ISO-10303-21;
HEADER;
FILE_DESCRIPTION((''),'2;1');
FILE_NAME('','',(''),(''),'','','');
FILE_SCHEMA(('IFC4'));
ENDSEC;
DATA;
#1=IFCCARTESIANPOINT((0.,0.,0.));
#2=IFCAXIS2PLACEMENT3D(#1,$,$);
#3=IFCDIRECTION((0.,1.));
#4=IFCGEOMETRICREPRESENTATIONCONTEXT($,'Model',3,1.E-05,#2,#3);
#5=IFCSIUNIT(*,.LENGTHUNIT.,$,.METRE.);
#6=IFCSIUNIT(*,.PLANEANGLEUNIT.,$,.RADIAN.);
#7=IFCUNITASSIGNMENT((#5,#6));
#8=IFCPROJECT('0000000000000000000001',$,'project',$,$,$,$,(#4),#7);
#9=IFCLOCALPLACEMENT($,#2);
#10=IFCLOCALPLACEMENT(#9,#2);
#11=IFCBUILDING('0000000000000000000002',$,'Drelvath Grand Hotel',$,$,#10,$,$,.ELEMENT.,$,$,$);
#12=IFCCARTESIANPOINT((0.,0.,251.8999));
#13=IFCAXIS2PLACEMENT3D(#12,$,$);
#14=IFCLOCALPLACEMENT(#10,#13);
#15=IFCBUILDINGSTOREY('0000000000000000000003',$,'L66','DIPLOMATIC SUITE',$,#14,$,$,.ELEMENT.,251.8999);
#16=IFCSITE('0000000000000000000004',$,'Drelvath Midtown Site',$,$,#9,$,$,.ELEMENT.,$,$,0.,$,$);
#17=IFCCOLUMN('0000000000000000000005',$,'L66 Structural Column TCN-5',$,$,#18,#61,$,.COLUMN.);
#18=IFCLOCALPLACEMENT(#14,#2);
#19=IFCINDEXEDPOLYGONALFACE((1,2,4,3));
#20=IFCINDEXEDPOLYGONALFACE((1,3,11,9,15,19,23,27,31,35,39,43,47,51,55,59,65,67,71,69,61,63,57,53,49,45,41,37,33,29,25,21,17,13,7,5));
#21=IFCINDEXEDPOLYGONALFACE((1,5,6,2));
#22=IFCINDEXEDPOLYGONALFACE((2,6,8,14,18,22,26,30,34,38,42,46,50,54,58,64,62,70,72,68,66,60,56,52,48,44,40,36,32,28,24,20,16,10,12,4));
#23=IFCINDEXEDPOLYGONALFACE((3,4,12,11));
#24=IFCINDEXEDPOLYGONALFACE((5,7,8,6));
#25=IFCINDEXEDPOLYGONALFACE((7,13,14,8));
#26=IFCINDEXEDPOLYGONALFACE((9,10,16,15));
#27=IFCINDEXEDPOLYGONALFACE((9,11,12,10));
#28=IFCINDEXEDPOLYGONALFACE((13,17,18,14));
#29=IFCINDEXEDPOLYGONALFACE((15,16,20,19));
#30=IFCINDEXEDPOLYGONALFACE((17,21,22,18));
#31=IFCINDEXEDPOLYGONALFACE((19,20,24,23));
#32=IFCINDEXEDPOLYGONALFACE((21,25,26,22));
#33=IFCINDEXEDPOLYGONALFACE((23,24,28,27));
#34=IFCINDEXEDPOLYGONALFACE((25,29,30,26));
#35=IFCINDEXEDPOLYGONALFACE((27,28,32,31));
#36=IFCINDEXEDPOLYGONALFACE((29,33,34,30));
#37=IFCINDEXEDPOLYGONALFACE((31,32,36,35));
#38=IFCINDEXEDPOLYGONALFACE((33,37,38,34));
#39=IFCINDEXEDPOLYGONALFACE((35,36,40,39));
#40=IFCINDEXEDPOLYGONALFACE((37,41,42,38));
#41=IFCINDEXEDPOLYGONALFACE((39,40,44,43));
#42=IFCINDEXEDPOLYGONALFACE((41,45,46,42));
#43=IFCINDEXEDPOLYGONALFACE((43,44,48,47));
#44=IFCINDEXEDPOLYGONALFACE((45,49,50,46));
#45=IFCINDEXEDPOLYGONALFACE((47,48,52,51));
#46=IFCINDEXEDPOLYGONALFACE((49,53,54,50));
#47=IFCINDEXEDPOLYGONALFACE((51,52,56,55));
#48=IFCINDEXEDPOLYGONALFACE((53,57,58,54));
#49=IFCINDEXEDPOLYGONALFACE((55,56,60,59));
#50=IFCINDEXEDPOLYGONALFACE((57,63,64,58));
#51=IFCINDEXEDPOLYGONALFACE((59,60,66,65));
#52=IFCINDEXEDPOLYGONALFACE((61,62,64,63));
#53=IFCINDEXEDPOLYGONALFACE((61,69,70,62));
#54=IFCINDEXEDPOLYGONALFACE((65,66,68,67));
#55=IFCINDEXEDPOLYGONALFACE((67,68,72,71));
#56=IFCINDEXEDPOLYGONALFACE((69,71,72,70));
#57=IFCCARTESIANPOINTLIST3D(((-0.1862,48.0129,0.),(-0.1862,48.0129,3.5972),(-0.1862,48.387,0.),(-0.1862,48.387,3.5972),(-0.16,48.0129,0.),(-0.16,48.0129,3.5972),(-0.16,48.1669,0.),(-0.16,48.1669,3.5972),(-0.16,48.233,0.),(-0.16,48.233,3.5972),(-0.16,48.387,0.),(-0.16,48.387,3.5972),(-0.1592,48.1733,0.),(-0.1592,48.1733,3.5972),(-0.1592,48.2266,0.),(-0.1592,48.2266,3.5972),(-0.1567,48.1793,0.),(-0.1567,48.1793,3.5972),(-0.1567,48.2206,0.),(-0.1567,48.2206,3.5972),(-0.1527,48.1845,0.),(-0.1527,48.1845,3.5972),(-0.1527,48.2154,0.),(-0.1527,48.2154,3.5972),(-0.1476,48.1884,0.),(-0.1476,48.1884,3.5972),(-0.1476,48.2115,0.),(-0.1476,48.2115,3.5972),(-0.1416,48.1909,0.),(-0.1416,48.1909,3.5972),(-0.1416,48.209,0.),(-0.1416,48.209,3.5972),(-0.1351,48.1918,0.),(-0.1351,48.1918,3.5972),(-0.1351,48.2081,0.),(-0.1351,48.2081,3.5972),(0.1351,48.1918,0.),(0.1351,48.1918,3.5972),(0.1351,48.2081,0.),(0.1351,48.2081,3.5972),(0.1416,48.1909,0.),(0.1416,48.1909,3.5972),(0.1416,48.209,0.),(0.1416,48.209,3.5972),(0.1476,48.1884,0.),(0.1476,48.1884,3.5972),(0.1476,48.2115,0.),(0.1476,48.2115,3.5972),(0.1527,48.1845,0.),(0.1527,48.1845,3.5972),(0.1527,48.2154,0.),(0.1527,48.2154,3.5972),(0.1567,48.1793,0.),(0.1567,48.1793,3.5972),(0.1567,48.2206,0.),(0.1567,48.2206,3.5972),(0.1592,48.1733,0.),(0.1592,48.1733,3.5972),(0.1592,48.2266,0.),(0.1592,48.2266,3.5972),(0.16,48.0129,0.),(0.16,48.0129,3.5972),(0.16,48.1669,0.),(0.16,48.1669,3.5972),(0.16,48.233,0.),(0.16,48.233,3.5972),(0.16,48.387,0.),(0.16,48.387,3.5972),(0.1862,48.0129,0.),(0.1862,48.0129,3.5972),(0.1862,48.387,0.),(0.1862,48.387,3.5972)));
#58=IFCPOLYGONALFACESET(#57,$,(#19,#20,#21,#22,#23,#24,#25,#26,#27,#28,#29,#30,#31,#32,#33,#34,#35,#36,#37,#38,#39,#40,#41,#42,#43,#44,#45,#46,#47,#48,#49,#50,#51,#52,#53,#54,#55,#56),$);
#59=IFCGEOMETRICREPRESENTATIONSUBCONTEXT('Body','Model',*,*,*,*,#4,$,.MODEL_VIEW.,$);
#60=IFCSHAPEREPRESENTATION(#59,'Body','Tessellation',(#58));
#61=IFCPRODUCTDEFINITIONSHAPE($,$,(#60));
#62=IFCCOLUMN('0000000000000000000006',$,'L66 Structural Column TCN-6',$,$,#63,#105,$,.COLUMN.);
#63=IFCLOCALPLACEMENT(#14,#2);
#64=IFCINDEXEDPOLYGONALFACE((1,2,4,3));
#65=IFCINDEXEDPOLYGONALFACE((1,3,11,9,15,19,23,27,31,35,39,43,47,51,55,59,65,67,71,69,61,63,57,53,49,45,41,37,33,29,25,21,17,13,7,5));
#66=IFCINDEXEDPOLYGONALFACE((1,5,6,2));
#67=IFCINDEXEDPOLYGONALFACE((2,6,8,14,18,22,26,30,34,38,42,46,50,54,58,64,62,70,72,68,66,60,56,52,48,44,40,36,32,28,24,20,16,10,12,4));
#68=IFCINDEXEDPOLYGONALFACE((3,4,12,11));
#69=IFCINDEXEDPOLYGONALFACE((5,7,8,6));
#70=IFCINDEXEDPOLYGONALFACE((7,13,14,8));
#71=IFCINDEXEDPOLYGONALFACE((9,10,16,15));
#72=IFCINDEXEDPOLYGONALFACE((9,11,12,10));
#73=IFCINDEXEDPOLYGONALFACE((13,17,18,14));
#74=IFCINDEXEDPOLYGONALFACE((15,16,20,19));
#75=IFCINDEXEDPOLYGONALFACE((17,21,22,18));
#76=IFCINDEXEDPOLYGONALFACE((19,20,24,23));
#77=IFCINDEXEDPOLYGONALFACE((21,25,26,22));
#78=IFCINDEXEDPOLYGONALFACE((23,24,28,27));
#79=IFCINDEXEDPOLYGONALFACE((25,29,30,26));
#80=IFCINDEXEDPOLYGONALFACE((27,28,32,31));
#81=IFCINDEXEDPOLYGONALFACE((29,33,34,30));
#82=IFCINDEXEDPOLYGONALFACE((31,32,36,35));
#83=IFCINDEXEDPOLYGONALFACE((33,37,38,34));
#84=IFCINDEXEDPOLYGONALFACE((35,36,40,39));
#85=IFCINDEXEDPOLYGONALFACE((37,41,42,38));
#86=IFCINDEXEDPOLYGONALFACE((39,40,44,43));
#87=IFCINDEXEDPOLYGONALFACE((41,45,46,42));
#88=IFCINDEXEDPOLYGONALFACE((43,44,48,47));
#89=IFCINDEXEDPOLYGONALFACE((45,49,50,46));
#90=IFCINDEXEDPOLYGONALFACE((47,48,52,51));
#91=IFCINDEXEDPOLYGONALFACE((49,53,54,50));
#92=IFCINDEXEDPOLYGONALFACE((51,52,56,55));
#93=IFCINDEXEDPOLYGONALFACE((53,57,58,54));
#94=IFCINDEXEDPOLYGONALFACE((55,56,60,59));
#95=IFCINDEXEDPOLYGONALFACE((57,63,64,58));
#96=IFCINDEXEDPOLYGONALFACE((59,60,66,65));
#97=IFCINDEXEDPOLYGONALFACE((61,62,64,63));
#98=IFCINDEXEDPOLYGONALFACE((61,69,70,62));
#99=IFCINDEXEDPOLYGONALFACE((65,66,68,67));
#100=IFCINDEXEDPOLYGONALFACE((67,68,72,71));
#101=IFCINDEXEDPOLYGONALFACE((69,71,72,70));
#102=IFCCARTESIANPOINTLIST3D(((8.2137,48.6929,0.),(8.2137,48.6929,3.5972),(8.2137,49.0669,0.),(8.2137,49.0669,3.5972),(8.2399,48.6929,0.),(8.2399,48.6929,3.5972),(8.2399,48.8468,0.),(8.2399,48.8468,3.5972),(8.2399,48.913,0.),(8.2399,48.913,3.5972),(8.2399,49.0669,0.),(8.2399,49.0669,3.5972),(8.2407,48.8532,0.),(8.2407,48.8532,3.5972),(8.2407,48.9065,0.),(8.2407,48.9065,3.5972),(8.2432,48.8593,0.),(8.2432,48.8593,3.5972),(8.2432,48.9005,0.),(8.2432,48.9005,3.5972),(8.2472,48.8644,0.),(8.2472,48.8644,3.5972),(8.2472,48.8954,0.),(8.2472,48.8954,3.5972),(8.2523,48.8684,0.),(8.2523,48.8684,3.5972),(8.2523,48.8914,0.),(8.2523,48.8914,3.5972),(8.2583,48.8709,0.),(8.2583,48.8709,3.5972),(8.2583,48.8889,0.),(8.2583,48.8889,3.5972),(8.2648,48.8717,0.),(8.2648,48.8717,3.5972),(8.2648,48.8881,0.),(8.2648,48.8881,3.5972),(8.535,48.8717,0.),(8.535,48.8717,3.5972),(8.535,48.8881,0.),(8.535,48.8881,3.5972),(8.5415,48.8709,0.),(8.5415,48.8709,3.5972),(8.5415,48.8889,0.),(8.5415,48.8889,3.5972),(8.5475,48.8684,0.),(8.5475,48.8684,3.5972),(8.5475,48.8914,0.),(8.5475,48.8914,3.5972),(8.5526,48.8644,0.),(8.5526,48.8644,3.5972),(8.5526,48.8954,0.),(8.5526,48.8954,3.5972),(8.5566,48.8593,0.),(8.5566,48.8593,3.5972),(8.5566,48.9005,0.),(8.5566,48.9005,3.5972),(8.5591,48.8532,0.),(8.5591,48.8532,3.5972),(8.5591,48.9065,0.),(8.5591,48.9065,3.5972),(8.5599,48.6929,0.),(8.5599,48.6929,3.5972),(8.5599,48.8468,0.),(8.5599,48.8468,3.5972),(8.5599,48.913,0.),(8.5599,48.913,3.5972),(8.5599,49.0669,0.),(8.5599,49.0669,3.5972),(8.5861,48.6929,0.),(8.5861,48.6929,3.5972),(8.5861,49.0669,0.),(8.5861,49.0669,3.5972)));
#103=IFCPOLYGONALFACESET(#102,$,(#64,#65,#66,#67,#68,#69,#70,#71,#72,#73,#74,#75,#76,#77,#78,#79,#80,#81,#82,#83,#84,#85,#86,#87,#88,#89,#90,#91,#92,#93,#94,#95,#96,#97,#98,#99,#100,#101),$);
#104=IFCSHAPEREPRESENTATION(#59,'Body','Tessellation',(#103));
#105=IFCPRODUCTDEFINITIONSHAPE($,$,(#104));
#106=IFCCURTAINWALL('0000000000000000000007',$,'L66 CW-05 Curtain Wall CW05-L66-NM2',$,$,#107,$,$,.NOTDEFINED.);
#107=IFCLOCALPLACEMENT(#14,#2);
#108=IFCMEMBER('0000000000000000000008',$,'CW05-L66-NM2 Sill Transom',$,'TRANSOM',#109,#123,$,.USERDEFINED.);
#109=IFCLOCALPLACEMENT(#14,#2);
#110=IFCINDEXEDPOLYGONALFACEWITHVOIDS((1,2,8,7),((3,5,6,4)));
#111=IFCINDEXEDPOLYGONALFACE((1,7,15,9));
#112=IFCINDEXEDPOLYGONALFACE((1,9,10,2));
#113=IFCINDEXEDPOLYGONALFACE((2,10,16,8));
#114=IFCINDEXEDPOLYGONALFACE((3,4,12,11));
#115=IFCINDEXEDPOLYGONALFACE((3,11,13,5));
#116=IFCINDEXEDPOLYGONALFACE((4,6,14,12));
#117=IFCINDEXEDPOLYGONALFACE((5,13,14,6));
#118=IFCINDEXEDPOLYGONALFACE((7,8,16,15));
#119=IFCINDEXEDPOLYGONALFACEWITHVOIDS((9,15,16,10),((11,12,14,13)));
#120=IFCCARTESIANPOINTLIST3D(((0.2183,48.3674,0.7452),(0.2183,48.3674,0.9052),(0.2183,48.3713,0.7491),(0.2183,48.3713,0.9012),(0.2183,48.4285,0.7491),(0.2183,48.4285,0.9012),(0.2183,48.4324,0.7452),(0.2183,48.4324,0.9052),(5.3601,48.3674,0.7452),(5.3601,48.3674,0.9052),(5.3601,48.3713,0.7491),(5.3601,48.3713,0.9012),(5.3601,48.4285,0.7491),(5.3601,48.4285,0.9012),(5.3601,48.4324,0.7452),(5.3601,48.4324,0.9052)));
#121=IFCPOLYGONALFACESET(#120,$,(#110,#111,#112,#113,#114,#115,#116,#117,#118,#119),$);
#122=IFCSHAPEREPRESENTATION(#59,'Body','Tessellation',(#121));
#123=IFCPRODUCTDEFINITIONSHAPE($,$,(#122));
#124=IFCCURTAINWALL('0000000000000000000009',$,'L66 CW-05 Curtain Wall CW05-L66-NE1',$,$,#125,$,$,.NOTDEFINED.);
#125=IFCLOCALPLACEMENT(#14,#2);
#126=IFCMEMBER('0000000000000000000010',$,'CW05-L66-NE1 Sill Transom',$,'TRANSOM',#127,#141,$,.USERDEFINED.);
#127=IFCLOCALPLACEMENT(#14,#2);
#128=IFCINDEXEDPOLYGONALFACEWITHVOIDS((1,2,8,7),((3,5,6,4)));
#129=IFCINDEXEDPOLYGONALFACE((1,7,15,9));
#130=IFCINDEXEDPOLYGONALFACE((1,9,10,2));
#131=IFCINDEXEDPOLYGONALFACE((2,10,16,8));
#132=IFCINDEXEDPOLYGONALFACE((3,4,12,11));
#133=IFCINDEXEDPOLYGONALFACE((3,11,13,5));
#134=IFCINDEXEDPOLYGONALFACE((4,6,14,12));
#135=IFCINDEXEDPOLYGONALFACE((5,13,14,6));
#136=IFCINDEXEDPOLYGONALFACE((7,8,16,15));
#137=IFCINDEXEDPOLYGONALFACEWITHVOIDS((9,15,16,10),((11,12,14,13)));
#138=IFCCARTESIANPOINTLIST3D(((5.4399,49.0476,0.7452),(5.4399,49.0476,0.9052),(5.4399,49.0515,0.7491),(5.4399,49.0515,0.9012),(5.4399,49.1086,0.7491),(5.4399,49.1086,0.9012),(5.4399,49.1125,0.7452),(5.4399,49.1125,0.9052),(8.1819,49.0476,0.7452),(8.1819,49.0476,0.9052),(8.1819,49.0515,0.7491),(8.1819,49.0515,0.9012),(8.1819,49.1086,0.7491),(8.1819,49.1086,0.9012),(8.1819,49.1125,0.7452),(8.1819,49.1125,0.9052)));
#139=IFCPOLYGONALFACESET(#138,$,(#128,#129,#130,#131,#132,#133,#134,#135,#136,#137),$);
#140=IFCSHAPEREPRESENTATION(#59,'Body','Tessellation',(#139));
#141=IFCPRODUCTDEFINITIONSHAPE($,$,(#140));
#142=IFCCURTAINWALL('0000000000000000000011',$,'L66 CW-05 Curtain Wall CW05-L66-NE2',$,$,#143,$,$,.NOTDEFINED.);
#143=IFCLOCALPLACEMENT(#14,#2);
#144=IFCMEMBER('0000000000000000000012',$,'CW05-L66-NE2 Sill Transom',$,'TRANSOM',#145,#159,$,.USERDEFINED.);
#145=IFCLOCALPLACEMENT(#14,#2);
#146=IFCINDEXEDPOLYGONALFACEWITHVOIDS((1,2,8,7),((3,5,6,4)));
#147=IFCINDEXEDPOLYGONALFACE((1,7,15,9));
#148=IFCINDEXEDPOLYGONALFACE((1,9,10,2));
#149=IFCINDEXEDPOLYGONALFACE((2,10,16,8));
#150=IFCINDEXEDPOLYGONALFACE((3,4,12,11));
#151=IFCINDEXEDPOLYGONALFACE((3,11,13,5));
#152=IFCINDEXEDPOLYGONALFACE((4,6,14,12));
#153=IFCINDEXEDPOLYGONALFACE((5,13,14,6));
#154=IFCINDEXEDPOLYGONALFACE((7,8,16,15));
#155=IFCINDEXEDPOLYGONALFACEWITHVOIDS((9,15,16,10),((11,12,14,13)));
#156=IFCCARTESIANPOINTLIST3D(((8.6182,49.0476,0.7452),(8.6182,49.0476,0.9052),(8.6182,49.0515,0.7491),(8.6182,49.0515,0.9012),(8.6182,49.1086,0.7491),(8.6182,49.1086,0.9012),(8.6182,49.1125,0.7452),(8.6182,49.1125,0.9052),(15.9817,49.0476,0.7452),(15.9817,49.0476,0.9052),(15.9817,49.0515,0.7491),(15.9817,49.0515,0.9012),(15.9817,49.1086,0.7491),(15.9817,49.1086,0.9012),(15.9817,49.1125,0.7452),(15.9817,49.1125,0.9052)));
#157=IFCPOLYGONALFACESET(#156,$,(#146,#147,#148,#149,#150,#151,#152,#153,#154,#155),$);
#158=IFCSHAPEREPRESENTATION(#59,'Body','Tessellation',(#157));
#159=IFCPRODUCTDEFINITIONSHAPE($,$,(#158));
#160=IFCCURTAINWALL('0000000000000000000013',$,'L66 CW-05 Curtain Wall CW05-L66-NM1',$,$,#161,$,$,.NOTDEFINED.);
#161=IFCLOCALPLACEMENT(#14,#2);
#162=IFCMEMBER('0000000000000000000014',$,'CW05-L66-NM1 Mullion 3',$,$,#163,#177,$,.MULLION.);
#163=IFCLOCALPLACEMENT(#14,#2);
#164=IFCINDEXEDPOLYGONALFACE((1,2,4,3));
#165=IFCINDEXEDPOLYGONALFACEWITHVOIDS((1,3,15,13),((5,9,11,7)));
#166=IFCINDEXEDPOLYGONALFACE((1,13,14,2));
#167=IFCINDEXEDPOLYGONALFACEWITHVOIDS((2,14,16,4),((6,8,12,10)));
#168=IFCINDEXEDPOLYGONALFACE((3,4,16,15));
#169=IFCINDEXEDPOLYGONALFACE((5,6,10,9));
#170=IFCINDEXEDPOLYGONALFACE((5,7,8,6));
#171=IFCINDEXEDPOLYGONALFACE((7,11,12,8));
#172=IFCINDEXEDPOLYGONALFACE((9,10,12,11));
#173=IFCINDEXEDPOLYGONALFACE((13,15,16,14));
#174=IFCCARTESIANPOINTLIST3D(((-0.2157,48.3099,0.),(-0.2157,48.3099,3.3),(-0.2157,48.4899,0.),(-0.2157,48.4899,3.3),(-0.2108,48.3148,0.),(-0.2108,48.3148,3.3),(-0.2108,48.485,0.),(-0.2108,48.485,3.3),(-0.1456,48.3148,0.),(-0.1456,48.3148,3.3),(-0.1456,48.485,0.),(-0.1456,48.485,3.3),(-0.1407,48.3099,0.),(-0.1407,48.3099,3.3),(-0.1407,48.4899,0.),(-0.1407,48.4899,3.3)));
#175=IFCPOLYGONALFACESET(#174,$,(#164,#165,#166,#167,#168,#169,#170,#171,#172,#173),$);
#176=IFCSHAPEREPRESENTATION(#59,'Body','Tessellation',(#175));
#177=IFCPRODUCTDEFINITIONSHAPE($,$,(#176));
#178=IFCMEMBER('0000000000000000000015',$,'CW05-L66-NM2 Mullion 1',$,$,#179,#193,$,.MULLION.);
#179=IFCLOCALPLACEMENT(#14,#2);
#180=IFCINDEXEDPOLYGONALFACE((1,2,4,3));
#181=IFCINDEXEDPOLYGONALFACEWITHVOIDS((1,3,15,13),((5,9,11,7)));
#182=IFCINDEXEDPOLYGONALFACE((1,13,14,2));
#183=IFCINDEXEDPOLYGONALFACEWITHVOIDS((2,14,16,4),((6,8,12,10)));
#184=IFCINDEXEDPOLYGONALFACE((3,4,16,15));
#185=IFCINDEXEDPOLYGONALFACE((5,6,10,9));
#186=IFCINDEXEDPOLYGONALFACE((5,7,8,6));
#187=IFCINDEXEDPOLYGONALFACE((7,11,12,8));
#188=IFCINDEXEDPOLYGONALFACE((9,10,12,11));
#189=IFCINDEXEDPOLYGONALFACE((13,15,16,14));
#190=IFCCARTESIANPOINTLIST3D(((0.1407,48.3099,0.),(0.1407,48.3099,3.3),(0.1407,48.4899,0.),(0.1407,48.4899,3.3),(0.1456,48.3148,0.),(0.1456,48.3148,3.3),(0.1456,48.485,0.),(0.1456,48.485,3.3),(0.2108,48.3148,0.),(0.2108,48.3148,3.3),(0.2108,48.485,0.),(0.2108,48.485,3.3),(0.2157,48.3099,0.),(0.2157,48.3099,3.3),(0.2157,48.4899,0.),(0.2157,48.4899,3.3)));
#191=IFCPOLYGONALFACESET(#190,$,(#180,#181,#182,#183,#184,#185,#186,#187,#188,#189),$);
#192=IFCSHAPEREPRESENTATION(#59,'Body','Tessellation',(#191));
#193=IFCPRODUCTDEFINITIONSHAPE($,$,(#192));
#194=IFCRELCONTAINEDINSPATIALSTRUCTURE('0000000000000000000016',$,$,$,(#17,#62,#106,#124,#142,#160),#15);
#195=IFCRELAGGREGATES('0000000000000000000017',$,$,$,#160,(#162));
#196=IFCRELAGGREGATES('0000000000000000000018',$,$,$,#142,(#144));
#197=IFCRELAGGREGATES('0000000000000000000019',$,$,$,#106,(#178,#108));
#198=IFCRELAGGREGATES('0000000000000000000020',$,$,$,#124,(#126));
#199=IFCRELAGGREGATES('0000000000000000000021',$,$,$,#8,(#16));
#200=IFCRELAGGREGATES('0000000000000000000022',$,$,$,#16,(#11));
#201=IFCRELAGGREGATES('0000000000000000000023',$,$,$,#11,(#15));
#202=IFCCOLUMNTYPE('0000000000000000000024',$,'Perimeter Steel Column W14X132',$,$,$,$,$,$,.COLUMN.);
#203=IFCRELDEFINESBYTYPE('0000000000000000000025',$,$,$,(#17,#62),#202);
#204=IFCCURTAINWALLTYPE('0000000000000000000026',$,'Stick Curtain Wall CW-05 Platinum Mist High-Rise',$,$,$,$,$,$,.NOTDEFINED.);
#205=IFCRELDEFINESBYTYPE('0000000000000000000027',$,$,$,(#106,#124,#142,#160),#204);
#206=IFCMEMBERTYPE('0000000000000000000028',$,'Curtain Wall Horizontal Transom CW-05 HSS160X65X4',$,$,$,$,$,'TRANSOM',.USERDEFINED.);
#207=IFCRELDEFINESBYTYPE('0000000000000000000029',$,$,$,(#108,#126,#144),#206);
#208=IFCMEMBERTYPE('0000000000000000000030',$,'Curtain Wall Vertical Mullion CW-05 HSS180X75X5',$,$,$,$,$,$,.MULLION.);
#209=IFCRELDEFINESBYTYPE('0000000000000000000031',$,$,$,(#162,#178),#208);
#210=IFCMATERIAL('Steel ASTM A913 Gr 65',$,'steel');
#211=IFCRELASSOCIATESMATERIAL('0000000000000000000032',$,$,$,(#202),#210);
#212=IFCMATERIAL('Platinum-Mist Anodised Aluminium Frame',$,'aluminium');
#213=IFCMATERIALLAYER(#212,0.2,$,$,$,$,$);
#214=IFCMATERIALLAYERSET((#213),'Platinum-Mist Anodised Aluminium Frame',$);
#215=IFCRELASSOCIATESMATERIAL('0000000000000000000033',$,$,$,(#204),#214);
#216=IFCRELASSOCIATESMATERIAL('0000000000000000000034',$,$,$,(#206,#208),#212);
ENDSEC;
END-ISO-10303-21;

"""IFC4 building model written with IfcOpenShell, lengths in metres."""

from ifc_helpers import new_model, si_unit, direction, frame, origin, origin_2d, place, context, subcontext, project, spatial, hollow_rectangle, i_section, extrude, material, layer, layer_set, material_profile, profile_set, type_object, element, aggregate, save


model = new_model("IFC4")

# Units and contexts
model_context = context("Model", 3, precision=1e-05, world=origin(), true_north=direction((0.0, 1.0)))
body_context = subcontext(model_context, "Body", "Model", "MODEL_VIEW")
ifc_project = project(units=[si_unit("LENGTHUNIT", "METRE"), si_unit("PLANEANGLEUNIT", "RADIAN")], contexts=[model_context])

# Site, building, storey
site_placement = place(None, origin())
site = spatial("IfcSite", under=ifc_project, at=site_placement, Name="Drelvath Midtown Site", CompositionType="ELEMENT", RefElevation=0.0)
building_placement = place(site_placement, origin())
building = spatial("IfcBuilding", under=site, at=building_placement, Name="Drelvath Grand Hotel", CompositionType="ELEMENT")
storey_placement = place(building_placement, frame((0.0, 0.0, 251.8999)))
storey = spatial("IfcBuildingStorey", under=building, at=storey_placement, Name="L66", Description="DIPLOMATIC SUITE", CompositionType="ELEMENT", Elevation=251.8999)

# Columns
ifc_material_1 = material(Name="Steel ASTM A913 Gr 65", Category="steel")
ifc_material_profile_1 = material_profile(ifc_material_1, i_section(OverallWidth=0.374, OverallDepth=0.3723, WebThickness=0.0164, FlangeThickness=0.0261, FilletRadius=0.0249, at=origin_2d()), Name="W14X132")
ifc_profile_set_1 = profile_set([ifc_material_profile_1], Name="Steel ASTM A913 Gr 65")
column_type = type_object("IfcColumnType", Name="Perimeter Steel Column W14X132", PredefinedType="COLUMN", material=ifc_profile_set_1)
for number, where, z_axis, x_axis, name in (
    (1, (0.0, 48.2, 0.0), (0.0, 0.0, 1.0), (0.0, 1.0, 0.0), "L66 Structural Column TCN-5"),
    (2, (8.3999, 48.8799, 0.0), (0.0, 0.0, 1.0), (0.0, 1.0, 0.0), "L66 Structural Column TCN-6"),
):
    element("IfcColumn", number, at=place(storey_placement, frame(where, z_axis=z_axis, x_axis=x_axis)), inside=storey, type_object=column_type, Name=name, PredefinedType="COLUMN", context=body_context, shape_type="SweptSolid", body=[
        extrude(i_section(OverallWidth=0.374, OverallDepth=0.3723, WebThickness=0.0164, FlangeThickness=0.0261, FilletRadius=0.0249, at=origin_2d()), origin(), (0.0, 0.0, 1.0), 3.5972),
    ])

# Curtain walls, members
ifc_material_2 = material(Name="Platinum-Mist Anodised Aluminium Frame", Category="aluminium")
ifc_layer_1 = layer(ifc_material_2, 0.2)
ifc_layer_set_1 = layer_set([ifc_layer_1], Name="Platinum-Mist Anodised Aluminium Frame")
curtain_wall_type = type_object("IfcCurtainWallType", Name="Stick Curtain Wall CW-05 Platinum Mist High-Rise", PredefinedType="NOTDEFINED", material=ifc_layer_set_1)
curtain_wall_1_placement = place(storey_placement, origin())
curtain_wall_1 = element("IfcCurtainWall", 3, at=curtain_wall_1_placement, inside=storey, type_object=curtain_wall_type, Name="L66 CW-05 Curtain Wall CW05-L66-NM2", PredefinedType="NOTDEFINED")
ifc_material_profile_2 = material_profile(ifc_material_2, hollow_rectangle(XDim=0.0649, YDim=0.1599, WallThickness=0.0039, at=origin_2d()), Name="HSS160X65X4")
ifc_profile_set_2 = profile_set([ifc_material_profile_2], Name="Platinum-Mist Anodised Aluminium Frame")
member_type_1 = type_object("IfcMemberType", Name="Curtain Wall Horizontal Transom CW-05 HSS160X65X4", ElementType="TRANSOM", PredefinedType="USERDEFINED", material=ifc_profile_set_2)
member_1_placement = place(storey_placement, frame((0.2183, 48.3999, 0.8252), z_axis=(1.0, 0.0, 0.0), x_axis=(0.0, 1.0, 0.0)))
member_1 = element("IfcMember", 4, at=member_1_placement, type_object=member_type_1, Name="CW05-L66-NM2 Sill Transom", ObjectType="TRANSOM", PredefinedType="USERDEFINED", context=body_context, shape_type="SweptSolid", body=[
    extrude(hollow_rectangle(XDim=0.0649, YDim=0.1599, WallThickness=0.0039, at=origin_2d()), origin(), (0.0, 0.0, 1.0), 5.1418),
])
curtain_wall_2_placement = place(storey_placement, origin())
curtain_wall_2 = element("IfcCurtainWall", 5, at=curtain_wall_2_placement, inside=storey, type_object=curtain_wall_type, Name="L66 CW-05 Curtain Wall CW05-L66-NE1", PredefinedType="NOTDEFINED")
member_2_placement = place(storey_placement, frame((5.4399, 49.0801, 0.8252), z_axis=(1.0, 0.0, 0.0), x_axis=(0.0, 1.0, 0.0)))
member_2 = element("IfcMember", 6, at=member_2_placement, type_object=member_type_1, Name="CW05-L66-NE1 Sill Transom", ObjectType="TRANSOM", PredefinedType="USERDEFINED", context=body_context, shape_type="SweptSolid", body=[
    extrude(hollow_rectangle(XDim=0.0649, YDim=0.1599, WallThickness=0.0039, at=origin_2d()), origin(), (0.0, 0.0, 1.0), 2.7419),
])
curtain_wall_3_placement = place(storey_placement, origin())
curtain_wall_3 = element("IfcCurtainWall", 7, at=curtain_wall_3_placement, inside=storey, type_object=curtain_wall_type, Name="L66 CW-05 Curtain Wall CW05-L66-NE2", PredefinedType="NOTDEFINED")
member_3_placement = place(storey_placement, frame((8.6182, 49.0801, 0.8252), z_axis=(1.0, 0.0, 0.0), x_axis=(0.0, 1.0, 0.0)))
member_3 = element("IfcMember", 8, at=member_3_placement, type_object=member_type_1, Name="CW05-L66-NE2 Sill Transom", ObjectType="TRANSOM", PredefinedType="USERDEFINED", context=body_context, shape_type="SweptSolid", body=[
    extrude(hollow_rectangle(XDim=0.0649, YDim=0.1599, WallThickness=0.0039, at=origin_2d()), origin(), (0.0, 0.0, 1.0), 7.3635),
])
curtain_wall_4_placement = place(storey_placement, origin())
curtain_wall_4 = element("IfcCurtainWall", 9, at=curtain_wall_4_placement, inside=storey, type_object=curtain_wall_type, Name="L66 CW-05 Curtain Wall CW05-L66-NM1", PredefinedType="NOTDEFINED")
ifc_material_profile_3 = material_profile(ifc_material_2, hollow_rectangle(XDim=0.075, YDim=0.1799, WallThickness=0.0049, at=origin_2d()), Name="HSS180X75X5")
ifc_profile_set_3 = profile_set([ifc_material_profile_3], Name="Platinum-Mist Anodised Aluminium Frame")
member_type_2 = type_object("IfcMemberType", Name="Curtain Wall Vertical Mullion CW-05 HSS180X75X5", PredefinedType="MULLION", material=ifc_profile_set_3)
member_4_placement = place(storey_placement, frame((-0.1782, 48.3999, 0.0), z_axis=(0.0, 0.0, 1.0), x_axis=(1.0, 0.0, 0.0)))
member_4 = element("IfcMember", 10, at=member_4_placement, type_object=member_type_2, Name="CW05-L66-NM1 Mullion 3", PredefinedType="MULLION", context=body_context, shape_type="SweptSolid", body=[
    extrude(hollow_rectangle(XDim=0.075, YDim=0.1799, WallThickness=0.0049, at=origin_2d()), origin(), (0.0, 0.0, 1.0), 3.3),
])
aggregate(curtain_wall_4, [member_4])

# Member
member_5_placement = place(storey_placement, frame((0.1782, 48.3999, 0.0), z_axis=(0.0, 0.0, 1.0), x_axis=(1.0, 0.0, 0.0)))
member_5 = element("IfcMember", 11, at=member_5_placement, type_object=member_type_2, Name="CW05-L66-NM2 Mullion 1", PredefinedType="MULLION", context=body_context, shape_type="SweptSolid", body=[
    extrude(hollow_rectangle(XDim=0.075, YDim=0.1799, WallThickness=0.0049, at=origin_2d()), origin(), (0.0, 0.0, 1.0), 3.3),
])
aggregate(curtain_wall_3, [member_3])

aggregate(curtain_wall_1, [member_5, member_1])
aggregate(curtain_wall_2, [member_2])

save(model, "model.ifc")
